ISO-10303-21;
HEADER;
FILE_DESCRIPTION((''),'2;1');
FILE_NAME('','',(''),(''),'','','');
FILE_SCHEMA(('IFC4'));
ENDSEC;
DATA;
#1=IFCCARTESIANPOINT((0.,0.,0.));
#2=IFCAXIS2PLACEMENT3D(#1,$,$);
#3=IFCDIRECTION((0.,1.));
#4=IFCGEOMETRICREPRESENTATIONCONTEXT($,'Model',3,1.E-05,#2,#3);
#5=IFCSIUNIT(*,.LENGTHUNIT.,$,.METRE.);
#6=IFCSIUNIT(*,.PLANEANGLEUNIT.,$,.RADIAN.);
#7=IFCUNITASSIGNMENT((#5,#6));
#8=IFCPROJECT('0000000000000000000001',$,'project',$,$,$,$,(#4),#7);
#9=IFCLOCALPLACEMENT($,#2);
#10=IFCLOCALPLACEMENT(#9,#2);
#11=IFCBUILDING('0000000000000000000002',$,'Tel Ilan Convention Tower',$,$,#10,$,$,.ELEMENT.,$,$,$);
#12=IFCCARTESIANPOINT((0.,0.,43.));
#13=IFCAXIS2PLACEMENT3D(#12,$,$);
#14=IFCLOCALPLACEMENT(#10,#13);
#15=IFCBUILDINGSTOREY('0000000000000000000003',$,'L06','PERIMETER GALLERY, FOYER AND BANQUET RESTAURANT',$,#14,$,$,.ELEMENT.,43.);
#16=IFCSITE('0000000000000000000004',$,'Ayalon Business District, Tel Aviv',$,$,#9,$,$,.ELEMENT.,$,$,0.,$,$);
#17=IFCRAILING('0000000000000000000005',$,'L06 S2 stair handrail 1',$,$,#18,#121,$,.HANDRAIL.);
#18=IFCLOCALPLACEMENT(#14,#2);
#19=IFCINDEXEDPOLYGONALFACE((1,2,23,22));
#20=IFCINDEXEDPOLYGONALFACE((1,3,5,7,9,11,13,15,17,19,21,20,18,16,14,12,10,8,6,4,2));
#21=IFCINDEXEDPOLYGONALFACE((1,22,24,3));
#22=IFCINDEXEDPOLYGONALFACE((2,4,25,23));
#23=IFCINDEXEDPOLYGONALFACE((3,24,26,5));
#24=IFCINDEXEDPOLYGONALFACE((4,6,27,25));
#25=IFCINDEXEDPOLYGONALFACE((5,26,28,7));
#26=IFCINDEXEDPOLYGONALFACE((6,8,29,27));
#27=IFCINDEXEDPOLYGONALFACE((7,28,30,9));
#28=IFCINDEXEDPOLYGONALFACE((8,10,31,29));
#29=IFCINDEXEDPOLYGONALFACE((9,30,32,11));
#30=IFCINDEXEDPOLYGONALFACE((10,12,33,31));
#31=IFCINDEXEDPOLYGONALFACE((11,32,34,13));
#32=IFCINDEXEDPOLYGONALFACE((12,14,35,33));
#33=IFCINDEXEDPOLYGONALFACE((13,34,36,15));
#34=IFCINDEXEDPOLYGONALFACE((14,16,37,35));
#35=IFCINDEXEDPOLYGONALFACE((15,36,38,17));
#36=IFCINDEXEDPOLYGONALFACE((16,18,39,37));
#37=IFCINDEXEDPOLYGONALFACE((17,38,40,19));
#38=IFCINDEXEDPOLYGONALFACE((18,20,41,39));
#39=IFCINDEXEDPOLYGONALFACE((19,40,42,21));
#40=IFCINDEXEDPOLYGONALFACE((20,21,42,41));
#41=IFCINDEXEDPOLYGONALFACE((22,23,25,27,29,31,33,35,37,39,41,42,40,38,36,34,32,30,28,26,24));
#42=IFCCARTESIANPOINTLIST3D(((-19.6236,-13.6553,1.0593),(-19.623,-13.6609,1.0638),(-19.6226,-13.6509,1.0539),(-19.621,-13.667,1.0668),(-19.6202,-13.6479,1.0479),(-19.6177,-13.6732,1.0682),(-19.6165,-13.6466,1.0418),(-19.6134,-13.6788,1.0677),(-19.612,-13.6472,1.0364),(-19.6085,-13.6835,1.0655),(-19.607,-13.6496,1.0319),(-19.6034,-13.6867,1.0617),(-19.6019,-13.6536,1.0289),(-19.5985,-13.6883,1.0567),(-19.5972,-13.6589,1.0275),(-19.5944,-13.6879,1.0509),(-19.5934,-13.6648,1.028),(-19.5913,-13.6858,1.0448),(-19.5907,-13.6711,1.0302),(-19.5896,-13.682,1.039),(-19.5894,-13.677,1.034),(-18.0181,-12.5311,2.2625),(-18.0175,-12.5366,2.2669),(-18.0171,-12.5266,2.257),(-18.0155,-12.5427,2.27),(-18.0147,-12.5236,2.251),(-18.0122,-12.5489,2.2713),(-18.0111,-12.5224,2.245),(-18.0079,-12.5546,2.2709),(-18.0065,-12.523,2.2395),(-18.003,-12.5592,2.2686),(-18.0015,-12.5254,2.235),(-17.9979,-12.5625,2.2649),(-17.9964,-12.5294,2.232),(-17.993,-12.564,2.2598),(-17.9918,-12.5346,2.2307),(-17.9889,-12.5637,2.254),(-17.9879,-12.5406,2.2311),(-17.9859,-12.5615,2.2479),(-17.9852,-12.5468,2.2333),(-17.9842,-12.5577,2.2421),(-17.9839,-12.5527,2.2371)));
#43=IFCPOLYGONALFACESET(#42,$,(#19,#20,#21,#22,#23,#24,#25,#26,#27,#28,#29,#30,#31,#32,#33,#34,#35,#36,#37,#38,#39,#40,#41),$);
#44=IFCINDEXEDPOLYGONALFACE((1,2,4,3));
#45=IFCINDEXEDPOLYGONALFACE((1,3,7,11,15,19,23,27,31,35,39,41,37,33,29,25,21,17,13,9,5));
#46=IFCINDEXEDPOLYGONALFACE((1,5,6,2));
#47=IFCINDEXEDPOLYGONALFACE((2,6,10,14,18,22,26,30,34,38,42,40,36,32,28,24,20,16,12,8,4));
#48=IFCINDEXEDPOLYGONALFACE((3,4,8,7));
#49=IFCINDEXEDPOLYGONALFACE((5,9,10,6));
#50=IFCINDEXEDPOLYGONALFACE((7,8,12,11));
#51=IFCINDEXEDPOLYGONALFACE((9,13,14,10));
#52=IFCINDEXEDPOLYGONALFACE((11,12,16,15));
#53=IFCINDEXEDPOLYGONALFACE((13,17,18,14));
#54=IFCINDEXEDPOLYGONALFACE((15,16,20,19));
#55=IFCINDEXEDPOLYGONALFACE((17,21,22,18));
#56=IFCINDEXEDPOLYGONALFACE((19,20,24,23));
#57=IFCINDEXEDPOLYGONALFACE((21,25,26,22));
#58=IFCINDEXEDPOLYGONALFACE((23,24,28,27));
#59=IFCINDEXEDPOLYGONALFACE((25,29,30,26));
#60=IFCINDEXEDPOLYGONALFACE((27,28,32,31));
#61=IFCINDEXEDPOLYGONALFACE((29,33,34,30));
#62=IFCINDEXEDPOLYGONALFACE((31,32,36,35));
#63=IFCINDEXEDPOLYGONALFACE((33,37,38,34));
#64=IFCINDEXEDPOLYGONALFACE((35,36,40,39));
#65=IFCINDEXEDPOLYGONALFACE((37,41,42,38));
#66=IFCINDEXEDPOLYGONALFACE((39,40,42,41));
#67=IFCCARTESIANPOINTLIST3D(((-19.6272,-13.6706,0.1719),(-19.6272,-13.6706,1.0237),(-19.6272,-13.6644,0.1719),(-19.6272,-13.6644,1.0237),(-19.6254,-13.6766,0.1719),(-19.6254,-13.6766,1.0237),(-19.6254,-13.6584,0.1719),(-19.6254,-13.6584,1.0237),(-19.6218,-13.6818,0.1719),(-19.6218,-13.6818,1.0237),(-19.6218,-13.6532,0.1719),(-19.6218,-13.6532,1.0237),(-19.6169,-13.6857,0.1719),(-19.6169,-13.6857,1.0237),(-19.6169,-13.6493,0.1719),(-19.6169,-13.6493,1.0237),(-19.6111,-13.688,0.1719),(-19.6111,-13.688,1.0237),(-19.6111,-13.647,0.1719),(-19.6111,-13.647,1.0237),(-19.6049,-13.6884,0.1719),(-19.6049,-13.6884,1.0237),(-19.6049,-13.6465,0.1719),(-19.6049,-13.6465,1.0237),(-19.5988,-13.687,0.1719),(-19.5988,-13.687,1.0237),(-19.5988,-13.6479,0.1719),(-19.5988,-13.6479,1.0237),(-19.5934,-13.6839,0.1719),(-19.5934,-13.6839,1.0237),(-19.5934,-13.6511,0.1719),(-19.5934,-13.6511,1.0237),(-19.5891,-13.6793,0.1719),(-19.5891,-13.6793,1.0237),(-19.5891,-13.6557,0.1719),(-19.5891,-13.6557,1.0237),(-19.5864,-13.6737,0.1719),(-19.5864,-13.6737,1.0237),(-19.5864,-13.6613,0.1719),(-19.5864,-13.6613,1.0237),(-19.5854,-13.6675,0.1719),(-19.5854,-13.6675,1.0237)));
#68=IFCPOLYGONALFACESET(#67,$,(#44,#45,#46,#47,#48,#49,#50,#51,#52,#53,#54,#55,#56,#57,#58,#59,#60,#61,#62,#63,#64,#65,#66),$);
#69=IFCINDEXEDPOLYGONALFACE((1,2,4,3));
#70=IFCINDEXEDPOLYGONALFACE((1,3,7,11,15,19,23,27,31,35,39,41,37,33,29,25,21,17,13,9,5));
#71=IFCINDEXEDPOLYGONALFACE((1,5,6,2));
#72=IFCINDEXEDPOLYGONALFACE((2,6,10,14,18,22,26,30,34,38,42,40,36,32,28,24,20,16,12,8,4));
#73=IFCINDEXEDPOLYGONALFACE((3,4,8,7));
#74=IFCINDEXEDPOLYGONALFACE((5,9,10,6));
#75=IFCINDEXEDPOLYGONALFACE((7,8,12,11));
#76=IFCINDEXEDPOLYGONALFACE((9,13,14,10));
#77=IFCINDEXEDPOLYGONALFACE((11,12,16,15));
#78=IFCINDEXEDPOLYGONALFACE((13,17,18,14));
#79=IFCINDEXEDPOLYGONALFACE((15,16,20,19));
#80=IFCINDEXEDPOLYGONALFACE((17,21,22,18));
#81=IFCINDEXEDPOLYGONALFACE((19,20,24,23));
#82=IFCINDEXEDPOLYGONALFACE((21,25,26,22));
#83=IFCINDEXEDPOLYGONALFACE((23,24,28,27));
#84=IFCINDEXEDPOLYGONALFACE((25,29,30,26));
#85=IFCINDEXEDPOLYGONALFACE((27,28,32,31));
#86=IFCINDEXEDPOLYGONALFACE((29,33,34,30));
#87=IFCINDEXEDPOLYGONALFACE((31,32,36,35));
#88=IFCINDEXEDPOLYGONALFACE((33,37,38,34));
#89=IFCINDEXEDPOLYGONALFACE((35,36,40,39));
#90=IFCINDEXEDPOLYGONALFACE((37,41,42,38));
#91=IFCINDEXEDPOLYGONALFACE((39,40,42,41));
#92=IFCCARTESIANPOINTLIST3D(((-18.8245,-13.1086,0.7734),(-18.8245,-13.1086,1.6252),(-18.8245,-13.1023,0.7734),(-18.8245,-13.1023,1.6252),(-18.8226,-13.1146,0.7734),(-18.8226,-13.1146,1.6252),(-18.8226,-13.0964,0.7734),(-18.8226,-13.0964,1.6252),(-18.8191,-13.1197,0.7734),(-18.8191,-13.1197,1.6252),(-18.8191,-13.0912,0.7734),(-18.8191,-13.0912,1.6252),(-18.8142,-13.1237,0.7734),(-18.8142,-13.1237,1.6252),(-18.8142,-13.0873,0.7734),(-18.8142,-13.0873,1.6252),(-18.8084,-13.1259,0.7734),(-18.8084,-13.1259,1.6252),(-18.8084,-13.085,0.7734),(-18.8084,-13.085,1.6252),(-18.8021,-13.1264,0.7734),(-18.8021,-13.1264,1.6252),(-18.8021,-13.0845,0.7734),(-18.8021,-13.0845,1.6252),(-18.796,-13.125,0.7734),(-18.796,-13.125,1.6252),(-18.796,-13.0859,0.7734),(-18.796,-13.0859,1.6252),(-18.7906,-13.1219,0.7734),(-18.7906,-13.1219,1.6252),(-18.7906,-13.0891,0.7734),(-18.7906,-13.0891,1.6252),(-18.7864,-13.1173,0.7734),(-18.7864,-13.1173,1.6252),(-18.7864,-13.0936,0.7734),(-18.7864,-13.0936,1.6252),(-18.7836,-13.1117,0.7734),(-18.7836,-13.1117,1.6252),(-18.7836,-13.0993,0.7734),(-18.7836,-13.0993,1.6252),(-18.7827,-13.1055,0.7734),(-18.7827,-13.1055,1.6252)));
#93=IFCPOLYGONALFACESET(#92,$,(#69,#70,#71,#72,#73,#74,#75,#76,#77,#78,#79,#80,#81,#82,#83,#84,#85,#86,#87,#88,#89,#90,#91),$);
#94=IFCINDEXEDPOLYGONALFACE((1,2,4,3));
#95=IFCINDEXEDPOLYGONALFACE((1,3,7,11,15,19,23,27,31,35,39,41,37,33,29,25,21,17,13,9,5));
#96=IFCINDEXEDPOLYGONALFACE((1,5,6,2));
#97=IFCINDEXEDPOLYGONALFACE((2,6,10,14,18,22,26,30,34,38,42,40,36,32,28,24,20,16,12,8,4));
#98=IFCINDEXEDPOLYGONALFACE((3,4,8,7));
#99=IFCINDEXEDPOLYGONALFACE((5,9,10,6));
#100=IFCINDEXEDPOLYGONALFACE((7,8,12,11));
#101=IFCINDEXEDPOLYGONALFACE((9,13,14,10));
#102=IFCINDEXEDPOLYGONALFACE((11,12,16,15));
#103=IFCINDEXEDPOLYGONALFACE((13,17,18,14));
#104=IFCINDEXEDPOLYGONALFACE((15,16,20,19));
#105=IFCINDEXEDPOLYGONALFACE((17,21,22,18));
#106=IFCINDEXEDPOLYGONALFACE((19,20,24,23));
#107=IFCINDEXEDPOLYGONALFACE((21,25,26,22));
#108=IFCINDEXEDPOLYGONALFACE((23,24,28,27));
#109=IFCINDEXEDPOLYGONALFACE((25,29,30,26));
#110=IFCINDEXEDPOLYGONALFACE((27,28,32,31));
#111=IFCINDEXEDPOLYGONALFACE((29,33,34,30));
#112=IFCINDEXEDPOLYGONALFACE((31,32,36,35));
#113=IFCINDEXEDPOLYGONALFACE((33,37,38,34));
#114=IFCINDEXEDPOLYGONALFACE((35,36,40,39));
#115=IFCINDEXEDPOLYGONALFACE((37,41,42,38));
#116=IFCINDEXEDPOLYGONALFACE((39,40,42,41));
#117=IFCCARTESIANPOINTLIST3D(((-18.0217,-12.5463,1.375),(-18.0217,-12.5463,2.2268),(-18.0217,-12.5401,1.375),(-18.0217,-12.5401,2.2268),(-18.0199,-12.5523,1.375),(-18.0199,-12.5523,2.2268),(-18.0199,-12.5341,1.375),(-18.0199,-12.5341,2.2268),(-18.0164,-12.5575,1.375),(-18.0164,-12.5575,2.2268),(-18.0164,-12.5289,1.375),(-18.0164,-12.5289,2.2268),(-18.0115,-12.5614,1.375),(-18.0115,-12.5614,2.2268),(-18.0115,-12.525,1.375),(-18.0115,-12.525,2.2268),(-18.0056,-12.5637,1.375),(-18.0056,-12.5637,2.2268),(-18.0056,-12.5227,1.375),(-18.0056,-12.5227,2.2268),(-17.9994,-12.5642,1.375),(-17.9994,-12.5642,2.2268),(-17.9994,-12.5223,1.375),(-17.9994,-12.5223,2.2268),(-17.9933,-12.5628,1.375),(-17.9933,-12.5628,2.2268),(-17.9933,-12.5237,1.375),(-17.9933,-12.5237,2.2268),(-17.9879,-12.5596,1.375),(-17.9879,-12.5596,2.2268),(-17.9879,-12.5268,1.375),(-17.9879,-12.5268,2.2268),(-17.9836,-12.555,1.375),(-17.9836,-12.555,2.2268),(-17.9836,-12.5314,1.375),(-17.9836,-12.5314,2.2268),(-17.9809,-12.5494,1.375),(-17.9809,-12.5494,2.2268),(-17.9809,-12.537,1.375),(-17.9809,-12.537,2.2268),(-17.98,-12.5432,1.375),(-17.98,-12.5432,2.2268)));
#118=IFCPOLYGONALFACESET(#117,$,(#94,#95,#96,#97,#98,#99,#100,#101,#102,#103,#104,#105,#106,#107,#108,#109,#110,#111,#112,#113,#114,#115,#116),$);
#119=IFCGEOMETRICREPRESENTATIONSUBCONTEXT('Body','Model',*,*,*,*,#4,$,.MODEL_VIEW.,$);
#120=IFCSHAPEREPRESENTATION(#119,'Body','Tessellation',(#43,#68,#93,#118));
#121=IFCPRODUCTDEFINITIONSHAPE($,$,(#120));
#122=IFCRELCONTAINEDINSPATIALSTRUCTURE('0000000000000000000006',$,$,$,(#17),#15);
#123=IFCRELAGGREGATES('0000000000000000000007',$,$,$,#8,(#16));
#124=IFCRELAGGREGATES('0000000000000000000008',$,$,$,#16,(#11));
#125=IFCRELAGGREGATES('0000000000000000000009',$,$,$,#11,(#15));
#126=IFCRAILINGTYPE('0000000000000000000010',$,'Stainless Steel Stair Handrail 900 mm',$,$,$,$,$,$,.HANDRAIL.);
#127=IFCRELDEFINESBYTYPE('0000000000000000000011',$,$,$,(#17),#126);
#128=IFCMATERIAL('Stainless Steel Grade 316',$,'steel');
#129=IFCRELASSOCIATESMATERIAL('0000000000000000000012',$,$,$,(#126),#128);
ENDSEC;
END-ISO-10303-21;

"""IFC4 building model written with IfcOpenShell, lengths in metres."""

from ifc_helpers import new_model, si_unit, direction, frame, origin, origin_2d, place, context, subcontext, project, spatial, circle, extrude, material, type_object, element, save


model = new_model("IFC4")

# Units and contexts
model_context = context("Model", 3, precision=1e-05, world=origin(), true_north=direction((0.0, 1.0)))
body_context = subcontext(model_context, "Body", "Model", "MODEL_VIEW")
ifc_project = project(units=[si_unit("LENGTHUNIT", "METRE"), si_unit("PLANEANGLEUNIT", "RADIAN")], contexts=[model_context])

# Site, building, storey
site_placement = place(None, origin())
site = spatial("IfcSite", under=ifc_project, at=site_placement, Name="Ayalon Business District, Tel Aviv", CompositionType="ELEMENT", RefElevation=0.0)
building_placement = place(site_placement, origin())
building = spatial("IfcBuilding", under=site, at=building_placement, Name="Tel Ilan Convention Tower", CompositionType="ELEMENT")
storey_placement = place(building_placement, frame((0.0, 0.0, 43.0)))
storey = spatial("IfcBuildingStorey", under=building, at=storey_placement, Name="L06", Description="PERIMETER GALLERY, FOYER AND BANQUET RESTAURANT", CompositionType="ELEMENT", Elevation=43.0)

# Railing
ifc_material_1 = material(Name="Stainless Steel Grade 316", Category="steel")
railing_type_1 = type_object("IfcRailingType", Name="Stainless Steel Stair Handrail 900 mm", PredefinedType="HANDRAIL", material=ifc_material_1)
for number, where, name in (
    (1, (-19.6064, -13.6675, 0.1719), "L06 S2 stair handrail 1"),
):
    element("IfcRailing", number, at=place(storey_placement, frame(where)), inside=storey, type_object=railing_type_1, Name=name, PredefinedType="HANDRAIL", context=body_context, shape_type="SweptSolid", body=[
        extrude(circle(Radius=0.0239, at=origin_2d()), frame((0.0, 0.0, 0.876), z_axis=(0.698095, 0.488857, 0.523146), x_axis=(-0.573613, 0.819127, 0.0)), (0.0, 0.0, 1.0), 2.2998),
        extrude(circle(Radius=0.021, at=origin_2d()), origin(), (0.0, 0.0, 1.0), 0.8518),
        extrude(circle(Radius=0.021, at=origin_2d()), frame((0.8027, 0.562, 0.6016)), (0.0, 0.0, 1.0), 0.8518),
        extrude(circle(Radius=0.021, at=origin_2d()), frame((1.6055, 1.1243, 1.2031)), (0.0, 0.0, 1.0), 0.8518),
    ])

save(model, "model.ifc")
